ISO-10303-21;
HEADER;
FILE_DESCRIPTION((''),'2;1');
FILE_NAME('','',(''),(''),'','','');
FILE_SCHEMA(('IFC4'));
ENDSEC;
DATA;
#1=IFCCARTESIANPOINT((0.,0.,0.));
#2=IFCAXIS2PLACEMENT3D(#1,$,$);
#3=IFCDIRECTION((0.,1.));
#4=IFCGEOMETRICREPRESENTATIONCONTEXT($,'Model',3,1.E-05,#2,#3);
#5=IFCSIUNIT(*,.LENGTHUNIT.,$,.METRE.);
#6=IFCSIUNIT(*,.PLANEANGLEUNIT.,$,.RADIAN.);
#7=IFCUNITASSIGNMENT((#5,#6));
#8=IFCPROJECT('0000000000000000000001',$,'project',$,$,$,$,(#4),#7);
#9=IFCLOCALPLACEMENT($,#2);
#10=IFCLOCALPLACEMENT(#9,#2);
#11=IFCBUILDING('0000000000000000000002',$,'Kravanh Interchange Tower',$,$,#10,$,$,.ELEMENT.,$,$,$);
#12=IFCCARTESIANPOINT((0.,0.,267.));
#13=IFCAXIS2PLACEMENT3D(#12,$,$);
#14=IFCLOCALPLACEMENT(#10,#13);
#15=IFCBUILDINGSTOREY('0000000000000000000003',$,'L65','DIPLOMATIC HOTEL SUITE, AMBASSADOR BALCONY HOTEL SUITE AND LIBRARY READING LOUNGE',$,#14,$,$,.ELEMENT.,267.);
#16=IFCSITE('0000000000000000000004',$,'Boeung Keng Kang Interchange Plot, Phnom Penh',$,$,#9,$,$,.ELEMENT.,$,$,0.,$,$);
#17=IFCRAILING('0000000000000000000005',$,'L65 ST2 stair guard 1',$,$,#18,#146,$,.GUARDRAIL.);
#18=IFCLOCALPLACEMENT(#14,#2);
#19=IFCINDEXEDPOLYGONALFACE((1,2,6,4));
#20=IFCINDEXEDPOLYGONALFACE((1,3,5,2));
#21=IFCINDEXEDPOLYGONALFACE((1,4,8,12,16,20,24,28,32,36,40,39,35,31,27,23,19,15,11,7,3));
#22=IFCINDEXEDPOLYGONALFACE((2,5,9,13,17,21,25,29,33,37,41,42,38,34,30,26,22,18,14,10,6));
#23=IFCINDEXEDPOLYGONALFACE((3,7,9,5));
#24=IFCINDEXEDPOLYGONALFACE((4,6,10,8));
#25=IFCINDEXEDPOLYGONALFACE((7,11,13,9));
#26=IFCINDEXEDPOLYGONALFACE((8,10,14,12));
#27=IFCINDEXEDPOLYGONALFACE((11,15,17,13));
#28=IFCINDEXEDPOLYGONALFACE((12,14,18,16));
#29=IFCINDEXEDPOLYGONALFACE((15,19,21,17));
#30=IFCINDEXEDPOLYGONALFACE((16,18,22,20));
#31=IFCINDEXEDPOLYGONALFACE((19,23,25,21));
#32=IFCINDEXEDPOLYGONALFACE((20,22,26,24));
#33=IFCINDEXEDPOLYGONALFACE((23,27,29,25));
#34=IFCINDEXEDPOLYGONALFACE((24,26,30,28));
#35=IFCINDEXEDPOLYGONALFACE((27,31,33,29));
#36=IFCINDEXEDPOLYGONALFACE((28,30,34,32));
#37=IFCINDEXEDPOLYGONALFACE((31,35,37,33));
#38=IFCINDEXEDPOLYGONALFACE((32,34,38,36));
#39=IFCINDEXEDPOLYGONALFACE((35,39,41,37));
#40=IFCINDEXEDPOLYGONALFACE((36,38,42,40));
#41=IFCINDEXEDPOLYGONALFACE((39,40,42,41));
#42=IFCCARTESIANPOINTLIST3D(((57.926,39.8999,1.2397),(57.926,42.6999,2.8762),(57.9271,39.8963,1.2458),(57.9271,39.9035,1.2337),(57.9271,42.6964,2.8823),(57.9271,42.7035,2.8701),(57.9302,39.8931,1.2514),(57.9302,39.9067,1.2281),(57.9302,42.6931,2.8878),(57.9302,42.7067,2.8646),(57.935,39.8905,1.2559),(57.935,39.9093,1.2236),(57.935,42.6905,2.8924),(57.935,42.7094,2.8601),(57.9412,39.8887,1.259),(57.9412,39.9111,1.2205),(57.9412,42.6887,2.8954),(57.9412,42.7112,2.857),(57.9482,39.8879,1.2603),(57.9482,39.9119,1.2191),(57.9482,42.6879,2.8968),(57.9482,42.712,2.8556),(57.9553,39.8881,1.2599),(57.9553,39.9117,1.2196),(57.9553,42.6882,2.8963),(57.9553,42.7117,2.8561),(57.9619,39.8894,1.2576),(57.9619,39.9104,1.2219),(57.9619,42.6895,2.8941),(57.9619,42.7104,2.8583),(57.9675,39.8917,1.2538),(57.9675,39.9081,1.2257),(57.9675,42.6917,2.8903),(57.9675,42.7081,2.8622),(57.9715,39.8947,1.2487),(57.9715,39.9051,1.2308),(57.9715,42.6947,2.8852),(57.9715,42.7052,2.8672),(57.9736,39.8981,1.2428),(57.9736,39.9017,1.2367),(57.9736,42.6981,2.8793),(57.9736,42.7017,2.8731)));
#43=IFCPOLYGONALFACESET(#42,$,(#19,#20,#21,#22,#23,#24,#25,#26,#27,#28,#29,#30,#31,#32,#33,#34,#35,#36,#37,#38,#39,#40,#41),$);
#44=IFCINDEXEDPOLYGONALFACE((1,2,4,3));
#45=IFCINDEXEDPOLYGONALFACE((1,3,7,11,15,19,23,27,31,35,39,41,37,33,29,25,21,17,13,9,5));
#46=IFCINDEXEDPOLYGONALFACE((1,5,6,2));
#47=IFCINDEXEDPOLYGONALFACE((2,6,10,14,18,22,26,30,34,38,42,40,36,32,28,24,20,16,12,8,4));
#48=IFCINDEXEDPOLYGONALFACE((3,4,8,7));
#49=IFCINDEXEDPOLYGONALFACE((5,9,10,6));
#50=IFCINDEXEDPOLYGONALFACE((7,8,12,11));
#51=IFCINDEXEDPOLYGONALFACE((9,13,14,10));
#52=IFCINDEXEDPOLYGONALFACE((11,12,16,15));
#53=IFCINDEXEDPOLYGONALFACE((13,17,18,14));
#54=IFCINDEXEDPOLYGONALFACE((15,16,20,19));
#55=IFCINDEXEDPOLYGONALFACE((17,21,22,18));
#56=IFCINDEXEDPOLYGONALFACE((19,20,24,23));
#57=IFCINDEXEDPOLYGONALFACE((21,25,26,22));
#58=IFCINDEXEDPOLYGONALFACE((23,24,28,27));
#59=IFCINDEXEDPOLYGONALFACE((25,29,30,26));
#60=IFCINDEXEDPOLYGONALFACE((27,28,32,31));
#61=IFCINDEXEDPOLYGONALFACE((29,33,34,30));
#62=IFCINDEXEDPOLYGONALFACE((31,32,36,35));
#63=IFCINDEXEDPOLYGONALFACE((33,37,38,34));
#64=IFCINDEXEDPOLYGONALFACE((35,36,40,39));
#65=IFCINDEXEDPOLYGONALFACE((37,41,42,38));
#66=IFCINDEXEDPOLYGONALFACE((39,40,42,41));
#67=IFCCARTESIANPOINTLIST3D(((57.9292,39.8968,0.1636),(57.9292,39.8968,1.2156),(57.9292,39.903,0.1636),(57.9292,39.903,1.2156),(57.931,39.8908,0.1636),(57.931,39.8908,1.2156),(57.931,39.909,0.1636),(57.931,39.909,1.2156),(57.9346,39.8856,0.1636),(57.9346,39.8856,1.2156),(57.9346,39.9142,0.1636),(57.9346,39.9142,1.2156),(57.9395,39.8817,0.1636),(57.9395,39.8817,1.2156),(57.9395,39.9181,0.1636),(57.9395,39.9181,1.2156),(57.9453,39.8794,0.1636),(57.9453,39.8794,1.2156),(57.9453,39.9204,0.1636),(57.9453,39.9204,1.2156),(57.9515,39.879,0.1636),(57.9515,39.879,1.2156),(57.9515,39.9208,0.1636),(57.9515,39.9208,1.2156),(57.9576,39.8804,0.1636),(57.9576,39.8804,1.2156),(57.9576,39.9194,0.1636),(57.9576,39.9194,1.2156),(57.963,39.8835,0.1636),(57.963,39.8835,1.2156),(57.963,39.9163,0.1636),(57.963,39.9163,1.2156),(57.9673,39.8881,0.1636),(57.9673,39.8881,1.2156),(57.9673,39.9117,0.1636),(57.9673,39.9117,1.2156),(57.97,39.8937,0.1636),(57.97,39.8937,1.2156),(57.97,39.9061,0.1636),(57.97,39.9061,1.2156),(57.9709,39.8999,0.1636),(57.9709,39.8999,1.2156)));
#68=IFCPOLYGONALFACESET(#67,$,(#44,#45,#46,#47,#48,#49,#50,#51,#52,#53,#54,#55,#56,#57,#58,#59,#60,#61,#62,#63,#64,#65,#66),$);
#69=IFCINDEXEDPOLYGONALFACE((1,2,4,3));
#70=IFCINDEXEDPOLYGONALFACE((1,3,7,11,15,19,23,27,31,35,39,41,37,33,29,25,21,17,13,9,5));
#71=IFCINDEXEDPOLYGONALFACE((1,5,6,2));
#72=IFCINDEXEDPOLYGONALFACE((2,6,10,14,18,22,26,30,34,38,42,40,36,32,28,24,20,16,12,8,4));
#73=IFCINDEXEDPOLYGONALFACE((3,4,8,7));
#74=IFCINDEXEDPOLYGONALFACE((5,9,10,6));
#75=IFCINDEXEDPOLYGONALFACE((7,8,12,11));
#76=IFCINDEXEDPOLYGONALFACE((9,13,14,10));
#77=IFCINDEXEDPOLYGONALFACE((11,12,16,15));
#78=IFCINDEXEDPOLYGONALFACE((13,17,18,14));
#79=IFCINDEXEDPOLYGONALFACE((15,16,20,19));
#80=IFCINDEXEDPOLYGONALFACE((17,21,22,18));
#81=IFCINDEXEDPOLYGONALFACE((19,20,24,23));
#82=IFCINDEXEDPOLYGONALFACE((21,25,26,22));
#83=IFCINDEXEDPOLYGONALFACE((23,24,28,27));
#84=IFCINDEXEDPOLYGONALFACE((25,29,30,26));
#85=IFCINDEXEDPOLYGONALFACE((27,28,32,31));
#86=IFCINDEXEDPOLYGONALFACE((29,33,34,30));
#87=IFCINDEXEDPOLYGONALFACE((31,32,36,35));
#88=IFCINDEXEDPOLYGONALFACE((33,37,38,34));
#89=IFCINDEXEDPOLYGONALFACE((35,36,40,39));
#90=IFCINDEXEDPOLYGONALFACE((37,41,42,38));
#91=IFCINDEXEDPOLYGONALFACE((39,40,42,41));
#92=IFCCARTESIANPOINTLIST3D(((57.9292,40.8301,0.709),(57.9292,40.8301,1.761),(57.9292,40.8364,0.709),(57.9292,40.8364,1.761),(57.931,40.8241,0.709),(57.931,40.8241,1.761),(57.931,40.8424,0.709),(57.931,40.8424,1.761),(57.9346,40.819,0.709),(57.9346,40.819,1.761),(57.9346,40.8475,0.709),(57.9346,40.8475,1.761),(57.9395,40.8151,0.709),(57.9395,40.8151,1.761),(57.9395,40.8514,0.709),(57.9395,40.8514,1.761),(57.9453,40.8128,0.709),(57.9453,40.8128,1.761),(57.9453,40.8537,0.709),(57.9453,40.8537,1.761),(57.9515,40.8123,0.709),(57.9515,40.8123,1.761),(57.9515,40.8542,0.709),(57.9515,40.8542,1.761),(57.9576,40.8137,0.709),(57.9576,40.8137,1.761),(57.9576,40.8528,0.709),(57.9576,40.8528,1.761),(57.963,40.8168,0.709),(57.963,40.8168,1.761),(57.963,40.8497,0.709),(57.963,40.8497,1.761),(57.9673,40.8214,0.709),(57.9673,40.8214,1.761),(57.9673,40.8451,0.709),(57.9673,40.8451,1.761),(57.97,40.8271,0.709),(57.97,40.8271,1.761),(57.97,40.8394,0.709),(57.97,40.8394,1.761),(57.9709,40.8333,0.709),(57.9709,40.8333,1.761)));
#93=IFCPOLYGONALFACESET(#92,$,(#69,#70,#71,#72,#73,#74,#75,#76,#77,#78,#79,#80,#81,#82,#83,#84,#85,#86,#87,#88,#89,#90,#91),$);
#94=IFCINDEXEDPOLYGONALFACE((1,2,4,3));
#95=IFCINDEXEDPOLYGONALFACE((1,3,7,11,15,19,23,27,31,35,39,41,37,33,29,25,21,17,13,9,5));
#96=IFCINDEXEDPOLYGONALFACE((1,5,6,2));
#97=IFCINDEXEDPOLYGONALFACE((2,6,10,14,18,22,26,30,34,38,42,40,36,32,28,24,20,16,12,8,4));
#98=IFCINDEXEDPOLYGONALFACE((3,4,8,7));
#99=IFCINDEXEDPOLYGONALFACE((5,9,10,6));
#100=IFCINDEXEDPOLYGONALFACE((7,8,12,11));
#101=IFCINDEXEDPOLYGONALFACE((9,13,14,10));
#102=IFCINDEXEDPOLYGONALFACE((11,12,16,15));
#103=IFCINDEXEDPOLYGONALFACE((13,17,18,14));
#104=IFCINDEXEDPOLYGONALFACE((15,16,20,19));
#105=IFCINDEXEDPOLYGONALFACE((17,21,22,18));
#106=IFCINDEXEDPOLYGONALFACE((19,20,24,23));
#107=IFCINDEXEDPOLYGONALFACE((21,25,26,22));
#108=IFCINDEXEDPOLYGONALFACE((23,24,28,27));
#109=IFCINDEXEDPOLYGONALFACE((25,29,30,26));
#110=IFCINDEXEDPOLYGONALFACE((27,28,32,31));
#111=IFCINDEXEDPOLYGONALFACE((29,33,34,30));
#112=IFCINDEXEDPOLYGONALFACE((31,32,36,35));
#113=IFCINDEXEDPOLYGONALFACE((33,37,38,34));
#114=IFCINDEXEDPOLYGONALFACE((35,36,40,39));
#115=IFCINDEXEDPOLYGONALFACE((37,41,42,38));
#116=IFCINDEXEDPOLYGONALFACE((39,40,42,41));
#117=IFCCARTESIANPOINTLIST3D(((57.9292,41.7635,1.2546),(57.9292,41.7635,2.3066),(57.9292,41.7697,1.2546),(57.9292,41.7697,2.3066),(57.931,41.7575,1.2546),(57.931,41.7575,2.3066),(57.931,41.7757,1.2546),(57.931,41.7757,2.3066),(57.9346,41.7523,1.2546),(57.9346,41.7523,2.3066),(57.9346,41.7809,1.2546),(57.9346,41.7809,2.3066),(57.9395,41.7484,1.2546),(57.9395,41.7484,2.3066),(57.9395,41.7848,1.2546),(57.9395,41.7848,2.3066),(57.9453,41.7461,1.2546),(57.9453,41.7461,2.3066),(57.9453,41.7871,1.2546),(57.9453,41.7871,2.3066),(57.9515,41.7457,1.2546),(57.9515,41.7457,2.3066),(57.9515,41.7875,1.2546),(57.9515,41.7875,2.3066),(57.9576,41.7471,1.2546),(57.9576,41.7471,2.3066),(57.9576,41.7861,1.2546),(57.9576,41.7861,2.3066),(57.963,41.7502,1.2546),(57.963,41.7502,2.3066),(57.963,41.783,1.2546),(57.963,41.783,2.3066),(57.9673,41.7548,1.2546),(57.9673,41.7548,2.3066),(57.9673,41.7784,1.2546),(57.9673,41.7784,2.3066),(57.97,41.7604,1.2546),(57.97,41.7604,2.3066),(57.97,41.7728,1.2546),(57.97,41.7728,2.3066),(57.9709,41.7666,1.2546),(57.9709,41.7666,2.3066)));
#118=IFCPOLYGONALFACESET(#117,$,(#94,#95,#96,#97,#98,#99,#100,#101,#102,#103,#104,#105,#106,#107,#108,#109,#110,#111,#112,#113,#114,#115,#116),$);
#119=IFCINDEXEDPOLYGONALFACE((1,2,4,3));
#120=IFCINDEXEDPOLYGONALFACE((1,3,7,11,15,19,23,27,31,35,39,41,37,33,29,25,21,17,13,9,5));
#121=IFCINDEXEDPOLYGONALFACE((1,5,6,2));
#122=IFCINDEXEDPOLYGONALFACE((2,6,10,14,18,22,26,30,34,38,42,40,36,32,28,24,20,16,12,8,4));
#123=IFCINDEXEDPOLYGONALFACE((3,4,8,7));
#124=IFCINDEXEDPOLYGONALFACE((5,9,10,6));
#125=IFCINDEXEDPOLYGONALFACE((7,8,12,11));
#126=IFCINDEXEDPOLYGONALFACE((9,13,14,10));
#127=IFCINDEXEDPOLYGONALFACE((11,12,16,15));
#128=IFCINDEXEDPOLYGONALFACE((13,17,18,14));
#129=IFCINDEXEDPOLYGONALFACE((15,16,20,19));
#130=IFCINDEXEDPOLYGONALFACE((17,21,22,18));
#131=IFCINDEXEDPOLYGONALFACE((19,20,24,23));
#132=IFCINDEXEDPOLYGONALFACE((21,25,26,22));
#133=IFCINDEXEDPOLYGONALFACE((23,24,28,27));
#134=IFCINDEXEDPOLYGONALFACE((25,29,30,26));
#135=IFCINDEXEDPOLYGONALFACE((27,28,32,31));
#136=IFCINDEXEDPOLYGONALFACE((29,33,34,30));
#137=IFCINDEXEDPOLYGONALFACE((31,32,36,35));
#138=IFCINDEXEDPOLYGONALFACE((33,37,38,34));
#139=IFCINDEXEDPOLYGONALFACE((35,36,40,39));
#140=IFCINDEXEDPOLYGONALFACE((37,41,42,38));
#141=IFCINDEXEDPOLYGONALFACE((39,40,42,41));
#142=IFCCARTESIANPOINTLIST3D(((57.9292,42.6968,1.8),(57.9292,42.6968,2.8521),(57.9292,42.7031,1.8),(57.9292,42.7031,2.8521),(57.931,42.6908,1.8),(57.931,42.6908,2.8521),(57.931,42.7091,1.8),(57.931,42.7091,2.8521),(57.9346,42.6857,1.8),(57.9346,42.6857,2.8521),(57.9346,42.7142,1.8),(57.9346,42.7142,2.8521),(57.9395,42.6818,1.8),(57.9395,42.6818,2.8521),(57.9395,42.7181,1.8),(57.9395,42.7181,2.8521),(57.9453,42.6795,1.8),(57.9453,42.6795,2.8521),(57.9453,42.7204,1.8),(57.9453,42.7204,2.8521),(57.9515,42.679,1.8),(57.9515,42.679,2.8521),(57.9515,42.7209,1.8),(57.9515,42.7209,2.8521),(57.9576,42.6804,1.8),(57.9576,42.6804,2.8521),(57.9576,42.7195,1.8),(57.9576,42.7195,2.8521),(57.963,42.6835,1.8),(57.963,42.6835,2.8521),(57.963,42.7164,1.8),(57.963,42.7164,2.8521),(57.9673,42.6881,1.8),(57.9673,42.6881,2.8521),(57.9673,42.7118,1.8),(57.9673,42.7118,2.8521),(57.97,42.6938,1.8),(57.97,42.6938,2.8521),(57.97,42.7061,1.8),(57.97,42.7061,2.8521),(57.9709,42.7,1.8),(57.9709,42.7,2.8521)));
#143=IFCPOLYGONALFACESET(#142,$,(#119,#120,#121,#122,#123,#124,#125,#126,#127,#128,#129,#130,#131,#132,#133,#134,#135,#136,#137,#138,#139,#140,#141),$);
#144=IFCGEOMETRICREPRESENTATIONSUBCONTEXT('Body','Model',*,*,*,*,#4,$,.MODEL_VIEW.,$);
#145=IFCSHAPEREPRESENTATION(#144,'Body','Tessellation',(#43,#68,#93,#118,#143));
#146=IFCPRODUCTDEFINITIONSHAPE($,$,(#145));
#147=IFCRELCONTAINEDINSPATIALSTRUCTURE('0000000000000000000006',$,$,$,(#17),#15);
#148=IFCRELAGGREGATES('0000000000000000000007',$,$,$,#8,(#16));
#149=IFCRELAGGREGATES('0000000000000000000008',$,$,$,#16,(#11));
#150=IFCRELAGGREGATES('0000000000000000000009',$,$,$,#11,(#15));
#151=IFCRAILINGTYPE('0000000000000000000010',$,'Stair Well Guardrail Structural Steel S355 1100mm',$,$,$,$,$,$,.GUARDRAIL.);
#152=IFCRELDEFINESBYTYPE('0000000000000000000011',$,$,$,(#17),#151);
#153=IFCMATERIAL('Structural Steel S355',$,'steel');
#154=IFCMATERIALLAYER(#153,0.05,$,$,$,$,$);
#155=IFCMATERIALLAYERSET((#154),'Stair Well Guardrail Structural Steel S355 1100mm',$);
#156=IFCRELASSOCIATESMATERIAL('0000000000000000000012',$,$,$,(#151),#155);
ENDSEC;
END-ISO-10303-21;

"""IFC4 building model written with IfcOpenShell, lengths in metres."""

from ifc_helpers import new_model, si_unit, direction, frame, origin, origin_2d, place, context, subcontext, project, spatial, circle, extrude, material, layer, layer_set, type_object, element, save


model = new_model("IFC4")

# Units and contexts
model_context = context("Model", 3, precision=1e-05, world=origin(), true_north=direction((0.0, 1.0)))
body_context = subcontext(model_context, "Body", "Model", "MODEL_VIEW")
ifc_project = project(units=[si_unit("LENGTHUNIT", "METRE"), si_unit("PLANEANGLEUNIT", "RADIAN")], contexts=[model_context])

# Site, building, storey
site_placement = place(None, origin())
site = spatial("IfcSite", under=ifc_project, at=site_placement, Name="Boeung Keng Kang Interchange Plot, Phnom Penh", CompositionType="ELEMENT", RefElevation=0.0)
building_placement = place(site_placement, origin())
building = spatial("IfcBuilding", under=site, at=building_placement, Name="Kravanh Interchange Tower", CompositionType="ELEMENT")
storey_placement = place(building_placement, frame((0.0, 0.0, 267.0)))
storey = spatial("IfcBuildingStorey", under=building, at=storey_placement, Name="L65", Description="DIPLOMATIC HOTEL SUITE, AMBASSADOR BALCONY HOTEL SUITE AND LIBRARY READING LOUNGE", CompositionType="ELEMENT", Elevation=267.0)

# Railing
ifc_material_1 = material(Name="Structural Steel S355", Category="steel")
ifc_layer_1 = layer(ifc_material_1, 0.05)
ifc_layer_set_1 = layer_set([ifc_layer_1], Name="Stair Well Guardrail Structural Steel S355 1100mm")
railing_type_1 = type_object("IfcRailingType", Name="Stair Well Guardrail Structural Steel S355 1100mm", PredefinedType="GUARDRAIL", material=ifc_layer_set_1)
railing_1_placement = place(storey_placement, frame((57.95, 39.8999, 0.1636)))
element("IfcRailing", 1, at=railing_1_placement, inside=storey, type_object=railing_type_1, Name="L65 ST2 stair guard 1", PredefinedType="GUARDRAIL", context=body_context, shape_type="SweptSolid", body=[
    extrude(circle(Radius=0.0239, at=origin_2d()), frame((0.0, 0.0, 1.0762), z_axis=(0.0, 0.863361, 0.504587), x_axis=(-1.0, 0.0, 0.0)), (0.0, 0.0, 1.0), 3.2432),
    extrude(circle(Radius=0.021, at=origin_2d()), origin(), (0.0, 0.0, 1.0), 1.052),
    extrude(circle(Radius=0.021, at=origin_2d()), frame((0.0, 0.9333, 0.5454)), (0.0, 0.0, 1.0), 1.052),
    extrude(circle(Radius=0.021, at=origin_2d()), frame((0.0, 1.8667, 1.0911)), (0.0, 0.0, 1.0), 1.052),
    extrude(circle(Radius=0.021, at=origin_2d()), frame((0.0, 2.8, 1.6365)), (0.0, 0.0, 1.0), 1.052),
])

save(model, "model.ifc")
